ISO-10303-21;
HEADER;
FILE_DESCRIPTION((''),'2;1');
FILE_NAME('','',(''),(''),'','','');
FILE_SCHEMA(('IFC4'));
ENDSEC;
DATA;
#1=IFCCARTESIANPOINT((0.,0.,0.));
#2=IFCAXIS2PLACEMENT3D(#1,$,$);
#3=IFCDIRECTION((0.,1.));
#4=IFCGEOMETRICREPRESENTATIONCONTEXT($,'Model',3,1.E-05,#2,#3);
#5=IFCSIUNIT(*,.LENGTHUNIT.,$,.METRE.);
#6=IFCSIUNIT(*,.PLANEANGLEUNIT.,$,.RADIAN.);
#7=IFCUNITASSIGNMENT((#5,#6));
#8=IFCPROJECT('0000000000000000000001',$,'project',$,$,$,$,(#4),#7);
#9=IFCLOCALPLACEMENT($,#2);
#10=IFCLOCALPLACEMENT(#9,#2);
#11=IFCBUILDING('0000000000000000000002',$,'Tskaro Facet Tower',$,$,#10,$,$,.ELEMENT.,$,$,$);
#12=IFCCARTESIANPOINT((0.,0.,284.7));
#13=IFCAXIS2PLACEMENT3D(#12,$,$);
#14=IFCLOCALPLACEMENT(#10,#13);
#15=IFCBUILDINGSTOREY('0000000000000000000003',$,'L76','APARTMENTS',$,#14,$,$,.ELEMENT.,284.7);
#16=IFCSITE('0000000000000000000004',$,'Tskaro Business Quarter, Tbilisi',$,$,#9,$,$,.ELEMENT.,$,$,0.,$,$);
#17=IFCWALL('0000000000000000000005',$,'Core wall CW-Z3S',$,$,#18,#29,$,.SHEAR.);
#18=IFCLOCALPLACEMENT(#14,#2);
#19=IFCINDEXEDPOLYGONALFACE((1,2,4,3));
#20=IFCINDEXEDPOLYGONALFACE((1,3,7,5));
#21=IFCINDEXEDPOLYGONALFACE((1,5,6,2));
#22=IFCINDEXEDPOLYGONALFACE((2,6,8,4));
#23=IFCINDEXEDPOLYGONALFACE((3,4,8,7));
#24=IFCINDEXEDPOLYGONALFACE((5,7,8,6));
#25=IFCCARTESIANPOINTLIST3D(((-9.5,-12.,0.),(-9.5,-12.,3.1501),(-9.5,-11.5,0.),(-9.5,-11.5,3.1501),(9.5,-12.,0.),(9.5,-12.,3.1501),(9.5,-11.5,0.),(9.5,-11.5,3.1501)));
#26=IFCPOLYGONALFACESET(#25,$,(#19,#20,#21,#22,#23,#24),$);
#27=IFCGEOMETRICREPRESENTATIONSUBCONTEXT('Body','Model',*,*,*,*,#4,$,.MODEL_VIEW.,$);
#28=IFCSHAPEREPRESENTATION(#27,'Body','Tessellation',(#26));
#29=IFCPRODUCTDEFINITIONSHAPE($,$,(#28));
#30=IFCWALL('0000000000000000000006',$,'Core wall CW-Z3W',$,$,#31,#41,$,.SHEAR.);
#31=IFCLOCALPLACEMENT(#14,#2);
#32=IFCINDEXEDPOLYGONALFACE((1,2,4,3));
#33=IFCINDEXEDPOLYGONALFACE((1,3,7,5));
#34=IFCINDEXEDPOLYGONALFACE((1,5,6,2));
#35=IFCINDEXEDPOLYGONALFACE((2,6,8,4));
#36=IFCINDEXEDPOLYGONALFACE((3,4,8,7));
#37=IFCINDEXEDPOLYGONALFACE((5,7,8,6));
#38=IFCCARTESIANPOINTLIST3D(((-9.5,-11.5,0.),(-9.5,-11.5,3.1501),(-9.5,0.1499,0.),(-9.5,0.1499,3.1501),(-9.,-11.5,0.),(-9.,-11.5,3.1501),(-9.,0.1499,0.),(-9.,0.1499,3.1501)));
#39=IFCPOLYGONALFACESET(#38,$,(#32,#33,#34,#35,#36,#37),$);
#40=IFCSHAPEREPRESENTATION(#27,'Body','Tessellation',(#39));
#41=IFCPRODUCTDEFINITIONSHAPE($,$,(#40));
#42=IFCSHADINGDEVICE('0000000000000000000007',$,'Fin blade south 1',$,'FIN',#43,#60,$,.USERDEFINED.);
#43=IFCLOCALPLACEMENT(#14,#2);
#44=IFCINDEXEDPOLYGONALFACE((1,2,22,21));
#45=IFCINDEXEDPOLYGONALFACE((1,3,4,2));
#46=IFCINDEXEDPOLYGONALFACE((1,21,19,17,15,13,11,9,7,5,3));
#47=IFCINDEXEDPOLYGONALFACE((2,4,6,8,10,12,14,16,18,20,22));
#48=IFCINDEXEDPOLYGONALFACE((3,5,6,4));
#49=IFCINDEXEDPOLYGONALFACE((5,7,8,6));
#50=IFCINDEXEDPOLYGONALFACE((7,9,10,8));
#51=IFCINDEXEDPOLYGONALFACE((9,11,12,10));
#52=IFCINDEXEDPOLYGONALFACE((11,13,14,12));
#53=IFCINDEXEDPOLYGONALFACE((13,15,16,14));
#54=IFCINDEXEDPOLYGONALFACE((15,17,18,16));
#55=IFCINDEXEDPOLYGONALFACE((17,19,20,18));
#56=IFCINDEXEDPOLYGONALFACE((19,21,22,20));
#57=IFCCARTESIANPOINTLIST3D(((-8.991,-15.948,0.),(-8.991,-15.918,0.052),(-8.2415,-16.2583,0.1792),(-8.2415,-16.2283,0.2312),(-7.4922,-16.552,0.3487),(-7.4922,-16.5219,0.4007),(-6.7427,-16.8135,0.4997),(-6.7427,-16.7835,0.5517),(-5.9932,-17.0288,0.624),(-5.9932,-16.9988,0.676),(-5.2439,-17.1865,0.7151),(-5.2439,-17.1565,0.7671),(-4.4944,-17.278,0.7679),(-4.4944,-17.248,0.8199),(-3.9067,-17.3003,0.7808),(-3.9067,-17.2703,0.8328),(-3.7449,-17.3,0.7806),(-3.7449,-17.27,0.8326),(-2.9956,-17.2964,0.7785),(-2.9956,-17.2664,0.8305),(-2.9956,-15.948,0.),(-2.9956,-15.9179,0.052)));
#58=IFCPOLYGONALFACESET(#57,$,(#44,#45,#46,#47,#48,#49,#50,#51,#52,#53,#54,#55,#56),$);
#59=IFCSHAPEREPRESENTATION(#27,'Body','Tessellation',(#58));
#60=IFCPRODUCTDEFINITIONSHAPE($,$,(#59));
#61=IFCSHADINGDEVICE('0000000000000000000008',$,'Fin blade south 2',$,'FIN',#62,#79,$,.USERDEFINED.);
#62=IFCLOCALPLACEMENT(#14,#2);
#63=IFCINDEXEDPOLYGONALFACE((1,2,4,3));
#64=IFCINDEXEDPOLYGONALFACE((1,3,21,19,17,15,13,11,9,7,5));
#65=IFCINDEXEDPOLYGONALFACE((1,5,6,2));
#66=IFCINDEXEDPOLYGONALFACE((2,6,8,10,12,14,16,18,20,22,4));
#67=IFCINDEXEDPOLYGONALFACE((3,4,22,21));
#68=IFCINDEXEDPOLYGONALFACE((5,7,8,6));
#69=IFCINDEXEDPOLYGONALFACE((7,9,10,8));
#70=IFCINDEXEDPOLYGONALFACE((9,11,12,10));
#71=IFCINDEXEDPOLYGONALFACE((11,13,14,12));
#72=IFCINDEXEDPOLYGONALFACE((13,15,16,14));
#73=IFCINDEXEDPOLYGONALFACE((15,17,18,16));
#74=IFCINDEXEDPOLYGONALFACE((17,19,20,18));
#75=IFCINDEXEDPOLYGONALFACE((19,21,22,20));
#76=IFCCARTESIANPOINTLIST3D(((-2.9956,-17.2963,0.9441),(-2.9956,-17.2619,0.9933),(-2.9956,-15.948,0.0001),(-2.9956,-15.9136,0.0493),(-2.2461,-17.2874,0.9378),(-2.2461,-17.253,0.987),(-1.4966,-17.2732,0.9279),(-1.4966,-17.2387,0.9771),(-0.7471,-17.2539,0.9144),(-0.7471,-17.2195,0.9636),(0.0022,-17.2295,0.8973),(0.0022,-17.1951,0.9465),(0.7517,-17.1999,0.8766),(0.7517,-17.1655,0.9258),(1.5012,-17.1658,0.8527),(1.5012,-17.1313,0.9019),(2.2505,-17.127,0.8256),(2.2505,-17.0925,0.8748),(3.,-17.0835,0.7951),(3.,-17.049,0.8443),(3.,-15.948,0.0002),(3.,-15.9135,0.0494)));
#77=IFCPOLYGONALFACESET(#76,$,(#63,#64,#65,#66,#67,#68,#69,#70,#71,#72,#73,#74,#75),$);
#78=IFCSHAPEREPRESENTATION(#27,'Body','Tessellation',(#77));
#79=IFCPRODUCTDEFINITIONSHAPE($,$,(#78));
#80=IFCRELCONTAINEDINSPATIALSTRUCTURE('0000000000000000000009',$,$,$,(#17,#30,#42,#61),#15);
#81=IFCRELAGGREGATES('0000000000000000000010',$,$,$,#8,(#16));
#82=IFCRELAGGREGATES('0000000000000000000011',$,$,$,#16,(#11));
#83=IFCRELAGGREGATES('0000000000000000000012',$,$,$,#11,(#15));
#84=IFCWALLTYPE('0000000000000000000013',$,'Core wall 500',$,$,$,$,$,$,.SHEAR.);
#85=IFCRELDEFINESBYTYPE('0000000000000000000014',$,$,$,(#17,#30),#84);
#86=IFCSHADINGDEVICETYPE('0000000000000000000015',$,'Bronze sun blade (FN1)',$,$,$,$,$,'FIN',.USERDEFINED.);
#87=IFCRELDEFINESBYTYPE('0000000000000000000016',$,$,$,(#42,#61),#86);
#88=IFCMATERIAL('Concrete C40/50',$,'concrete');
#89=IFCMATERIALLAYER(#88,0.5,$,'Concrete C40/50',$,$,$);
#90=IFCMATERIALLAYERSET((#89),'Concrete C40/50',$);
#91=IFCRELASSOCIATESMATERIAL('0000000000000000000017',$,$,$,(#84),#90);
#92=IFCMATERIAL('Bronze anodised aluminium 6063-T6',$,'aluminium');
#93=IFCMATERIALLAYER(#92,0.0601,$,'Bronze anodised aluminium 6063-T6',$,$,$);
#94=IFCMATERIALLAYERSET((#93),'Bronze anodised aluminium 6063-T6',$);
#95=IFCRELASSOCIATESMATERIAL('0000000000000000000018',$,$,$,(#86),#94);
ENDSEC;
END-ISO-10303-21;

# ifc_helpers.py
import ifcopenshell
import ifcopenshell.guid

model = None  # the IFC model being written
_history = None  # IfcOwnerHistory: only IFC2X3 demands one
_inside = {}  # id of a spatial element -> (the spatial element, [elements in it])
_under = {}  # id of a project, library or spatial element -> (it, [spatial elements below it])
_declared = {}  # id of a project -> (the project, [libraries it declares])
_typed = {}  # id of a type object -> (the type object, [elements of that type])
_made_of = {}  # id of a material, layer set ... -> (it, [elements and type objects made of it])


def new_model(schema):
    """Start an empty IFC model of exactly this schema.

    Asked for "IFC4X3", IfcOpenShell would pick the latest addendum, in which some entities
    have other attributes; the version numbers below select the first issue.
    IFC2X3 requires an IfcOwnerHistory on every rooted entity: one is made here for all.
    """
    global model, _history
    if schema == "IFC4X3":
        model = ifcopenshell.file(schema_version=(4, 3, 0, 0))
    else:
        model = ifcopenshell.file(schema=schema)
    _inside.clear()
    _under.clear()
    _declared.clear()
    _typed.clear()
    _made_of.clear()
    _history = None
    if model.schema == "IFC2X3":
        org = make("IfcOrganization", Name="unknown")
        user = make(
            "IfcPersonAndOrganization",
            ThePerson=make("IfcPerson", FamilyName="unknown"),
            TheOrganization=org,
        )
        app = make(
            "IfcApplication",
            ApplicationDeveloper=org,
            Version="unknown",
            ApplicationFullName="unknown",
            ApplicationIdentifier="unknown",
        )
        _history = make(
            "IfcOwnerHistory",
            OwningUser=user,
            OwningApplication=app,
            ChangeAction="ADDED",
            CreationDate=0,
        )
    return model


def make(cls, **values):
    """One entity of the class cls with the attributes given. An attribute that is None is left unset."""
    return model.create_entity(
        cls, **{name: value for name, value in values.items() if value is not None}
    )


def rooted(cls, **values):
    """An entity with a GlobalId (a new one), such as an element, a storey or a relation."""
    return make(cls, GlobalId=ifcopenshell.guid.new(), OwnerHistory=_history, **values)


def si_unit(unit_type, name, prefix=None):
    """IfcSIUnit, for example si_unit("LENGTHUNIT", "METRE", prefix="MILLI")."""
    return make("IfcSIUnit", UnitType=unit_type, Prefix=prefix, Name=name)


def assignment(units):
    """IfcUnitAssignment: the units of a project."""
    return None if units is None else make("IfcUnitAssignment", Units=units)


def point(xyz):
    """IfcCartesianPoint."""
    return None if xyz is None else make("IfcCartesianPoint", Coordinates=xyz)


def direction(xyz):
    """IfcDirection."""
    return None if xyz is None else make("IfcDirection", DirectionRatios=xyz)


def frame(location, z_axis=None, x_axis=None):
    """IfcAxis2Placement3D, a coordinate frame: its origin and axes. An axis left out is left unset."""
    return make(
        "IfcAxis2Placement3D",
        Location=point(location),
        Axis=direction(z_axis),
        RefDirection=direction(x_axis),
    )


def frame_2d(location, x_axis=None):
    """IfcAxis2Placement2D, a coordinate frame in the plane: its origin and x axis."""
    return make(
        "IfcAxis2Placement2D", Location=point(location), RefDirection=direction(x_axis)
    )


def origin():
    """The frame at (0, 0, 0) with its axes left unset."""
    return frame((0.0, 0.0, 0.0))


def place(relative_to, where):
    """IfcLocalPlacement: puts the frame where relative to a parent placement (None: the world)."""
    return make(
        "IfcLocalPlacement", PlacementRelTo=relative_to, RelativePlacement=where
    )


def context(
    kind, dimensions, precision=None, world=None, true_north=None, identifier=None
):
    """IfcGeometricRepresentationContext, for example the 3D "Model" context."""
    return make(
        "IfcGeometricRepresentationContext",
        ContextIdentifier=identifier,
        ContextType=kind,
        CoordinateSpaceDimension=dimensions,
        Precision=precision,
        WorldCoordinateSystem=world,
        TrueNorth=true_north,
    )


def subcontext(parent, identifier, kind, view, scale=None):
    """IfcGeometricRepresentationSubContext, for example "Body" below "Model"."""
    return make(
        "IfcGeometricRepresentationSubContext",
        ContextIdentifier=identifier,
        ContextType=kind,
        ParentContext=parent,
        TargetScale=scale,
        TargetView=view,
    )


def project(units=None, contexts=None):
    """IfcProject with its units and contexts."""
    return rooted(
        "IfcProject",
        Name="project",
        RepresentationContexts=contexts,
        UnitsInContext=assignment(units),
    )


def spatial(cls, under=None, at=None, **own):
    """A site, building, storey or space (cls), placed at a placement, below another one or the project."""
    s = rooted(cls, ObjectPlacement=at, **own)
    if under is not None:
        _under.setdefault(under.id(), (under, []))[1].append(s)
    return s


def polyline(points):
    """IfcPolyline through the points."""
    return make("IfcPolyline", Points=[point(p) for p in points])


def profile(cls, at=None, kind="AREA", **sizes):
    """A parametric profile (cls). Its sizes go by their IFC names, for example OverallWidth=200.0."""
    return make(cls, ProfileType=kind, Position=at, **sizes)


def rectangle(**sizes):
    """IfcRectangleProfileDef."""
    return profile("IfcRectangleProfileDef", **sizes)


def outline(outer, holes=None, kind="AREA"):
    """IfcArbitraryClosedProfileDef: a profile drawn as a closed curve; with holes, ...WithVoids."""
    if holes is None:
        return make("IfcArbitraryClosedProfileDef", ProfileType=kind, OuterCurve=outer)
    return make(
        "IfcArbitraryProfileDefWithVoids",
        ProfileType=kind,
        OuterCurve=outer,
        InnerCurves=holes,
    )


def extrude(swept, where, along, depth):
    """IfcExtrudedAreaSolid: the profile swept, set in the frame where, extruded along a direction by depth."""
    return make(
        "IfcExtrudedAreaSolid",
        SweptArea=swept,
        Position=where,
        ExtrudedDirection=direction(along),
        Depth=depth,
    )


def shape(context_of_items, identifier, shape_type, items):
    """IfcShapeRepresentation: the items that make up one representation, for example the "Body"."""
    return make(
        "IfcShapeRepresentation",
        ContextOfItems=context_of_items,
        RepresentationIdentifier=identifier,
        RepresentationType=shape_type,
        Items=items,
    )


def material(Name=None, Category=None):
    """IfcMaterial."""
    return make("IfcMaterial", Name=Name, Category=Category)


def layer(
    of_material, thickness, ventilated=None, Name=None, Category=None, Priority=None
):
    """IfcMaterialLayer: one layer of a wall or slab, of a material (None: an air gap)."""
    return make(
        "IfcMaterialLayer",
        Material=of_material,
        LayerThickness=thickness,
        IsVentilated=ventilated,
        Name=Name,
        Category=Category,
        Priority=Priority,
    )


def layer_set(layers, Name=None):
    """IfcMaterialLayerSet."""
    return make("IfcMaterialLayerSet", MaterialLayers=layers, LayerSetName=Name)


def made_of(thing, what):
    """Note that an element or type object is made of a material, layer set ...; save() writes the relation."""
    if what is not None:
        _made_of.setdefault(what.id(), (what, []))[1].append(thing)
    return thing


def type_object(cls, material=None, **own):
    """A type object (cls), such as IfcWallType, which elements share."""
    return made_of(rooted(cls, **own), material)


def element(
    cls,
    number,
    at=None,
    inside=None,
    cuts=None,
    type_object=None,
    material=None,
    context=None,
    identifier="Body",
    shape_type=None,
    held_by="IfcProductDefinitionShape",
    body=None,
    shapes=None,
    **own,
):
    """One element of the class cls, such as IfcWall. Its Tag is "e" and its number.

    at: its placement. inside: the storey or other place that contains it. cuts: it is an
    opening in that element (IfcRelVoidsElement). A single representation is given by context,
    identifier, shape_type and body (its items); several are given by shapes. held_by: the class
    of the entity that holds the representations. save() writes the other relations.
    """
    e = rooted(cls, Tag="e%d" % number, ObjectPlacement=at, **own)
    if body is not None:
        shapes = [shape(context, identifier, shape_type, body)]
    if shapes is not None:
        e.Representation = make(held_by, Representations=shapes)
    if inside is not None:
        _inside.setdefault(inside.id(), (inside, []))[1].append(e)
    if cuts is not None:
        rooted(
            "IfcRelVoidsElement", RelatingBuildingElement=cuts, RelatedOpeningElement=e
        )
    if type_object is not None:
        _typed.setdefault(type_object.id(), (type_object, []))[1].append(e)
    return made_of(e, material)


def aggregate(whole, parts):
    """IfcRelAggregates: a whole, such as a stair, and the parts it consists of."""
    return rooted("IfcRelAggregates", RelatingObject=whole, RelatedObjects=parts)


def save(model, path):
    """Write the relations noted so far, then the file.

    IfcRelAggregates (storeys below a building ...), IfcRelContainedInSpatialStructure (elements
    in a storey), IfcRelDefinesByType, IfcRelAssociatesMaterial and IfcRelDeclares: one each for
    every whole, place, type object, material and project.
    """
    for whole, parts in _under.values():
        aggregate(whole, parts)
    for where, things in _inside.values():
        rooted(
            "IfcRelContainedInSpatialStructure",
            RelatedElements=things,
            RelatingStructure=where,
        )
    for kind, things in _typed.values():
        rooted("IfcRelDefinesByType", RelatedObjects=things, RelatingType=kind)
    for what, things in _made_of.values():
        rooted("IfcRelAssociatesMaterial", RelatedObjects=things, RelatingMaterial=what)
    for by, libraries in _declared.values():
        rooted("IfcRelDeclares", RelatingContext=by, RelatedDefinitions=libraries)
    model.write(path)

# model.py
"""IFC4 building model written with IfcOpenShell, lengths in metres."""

from ifc_helpers import new_model, si_unit, direction, frame, frame_2d, origin, place, context, subcontext, project, spatial, polyline, rectangle, outline, extrude, material, layer, layer_set, type_object, element, save


model = new_model("IFC4")

# Units and contexts
model_context = context("Model", 3, precision=1e-05, world=origin(), true_north=direction((0.0, 1.0)))
body_context = subcontext(model_context, "Body", "Model", "MODEL_VIEW")
ifc_project = project(units=[si_unit("LENGTHUNIT", "METRE"), si_unit("PLANEANGLEUNIT", "RADIAN")], contexts=[model_context])

# Site, building, storey
site_placement = place(None, origin())
site = spatial("IfcSite", under=ifc_project, at=site_placement, Name="Tskaro Business Quarter, Tbilisi", CompositionType="ELEMENT", RefElevation=0.0)
building_placement = place(site_placement, origin())
building = spatial("IfcBuilding", under=site, at=building_placement, Name="Tskaro Facet Tower", CompositionType="ELEMENT")
storey_placement = place(building_placement, frame((0.0, 0.0, 284.7)))
storey = spatial("IfcBuildingStorey", under=building, at=storey_placement, Name="L76", Description="APARTMENTS", CompositionType="ELEMENT", Elevation=284.7)

# Shared definitions
ifc_material_1 = material(Name="Bronze anodised aluminium 6063-T6", Category="aluminium")

# Walls
ifc_material_2 = material(Name="Concrete C40/50", Category="concrete")
ifc_layer_1 = layer(ifc_material_2, 0.5, Name="Concrete C40/50")
ifc_layer_set_1 = layer_set([ifc_layer_1], Name="Concrete C40/50")
wall_type_1 = type_object("IfcWallType", Name="Core wall 500", PredefinedType="SHEAR", material=ifc_layer_set_1)
wall_1_placement = place(storey_placement, frame((-9.5, -11.75, 0.0), z_axis=(0.0, 0.0, 1.0), x_axis=(1.0, 0.0, 0.0)))
element("IfcWall", 1, at=wall_1_placement, inside=storey, type_object=wall_type_1, Name="Core wall CW-Z3S", PredefinedType="SHEAR", context=body_context, shape_type="SweptSolid", body=[
    extrude(rectangle(XDim=19.0, YDim=0.5, at=frame_2d((9.5, 0.0))), origin(), (0.0, 0.0, 1.0), 3.1501),
])
wall_2_placement = place(storey_placement, frame((-9.25, -11.5, 0.0), z_axis=(0.0, 0.0, 1.0), x_axis=(0.0, 1.0, 0.0)))
element("IfcWall", 2, at=wall_2_placement, inside=storey, type_object=wall_type_1, Name="Core wall CW-Z3W", PredefinedType="SHEAR", context=body_context, shape_type="SweptSolid", body=[
    extrude(rectangle(XDim=11.6499, YDim=0.5, at=frame_2d((5.825, 0.0))), origin(), (0.0, 0.0, 1.0), 3.1501),
])

# Shading devices
ifc_layer_2 = layer(ifc_material_1, 0.0601, Name="Bronze anodised aluminium 6063-T6")
ifc_layer_set_2 = layer_set([ifc_layer_2], Name="Bronze anodised aluminium 6063-T6")
shading_device_type = type_object("IfcShadingDeviceType", Name="Bronze sun blade (FN1)", ElementType="FIN", PredefinedType="USERDEFINED", material=ifc_layer_set_2)
shading_device_1_placement = place(storey_placement, frame((-8.991, -15.918, 0.052), z_axis=(-0.000006, 0.499997, 0.866027), x_axis=(1.0, 0.000003, 0.000006)))
element("IfcShadingDevice", 3, at=shading_device_1_placement, inside=storey, type_object=shading_device_type, Name="Fin blade south 1", ObjectType="FIN", PredefinedType="USERDEFINED", context=body_context, shape_type="SweptSolid", body=[
    extrude(outline(polyline([(0.0, 0.0), (5.9954, 0.0), (5.9954, -1.557), (5.2461, -1.5612), (5.0842, -1.5615), (4.4966, -1.5358), (3.7471, -1.4301), (2.9978, -1.248), (2.2483, -0.9994), (1.4988, -0.6974), (0.7495, -0.3583), (0.0, 0.0)])), origin(), (0.0, 0.0, -1.0), 0.0601),
])
shading_device_2_placement = place(storey_placement, frame((-2.9956, -15.9136, 0.0493), z_axis=(-0.000009, 0.573518, 0.819193), x_axis=(1.0, 0.000005, 0.000008)))
element("IfcShadingDevice", 4, at=shading_device_2_placement, inside=storey, type_object=shading_device_type, Name="Fin blade south 2", ObjectType="FIN", PredefinedType="USERDEFINED", context=body_context, shape_type="SweptSolid", body=[
    extrude(outline(polyline([(0.0, 0.0), (5.9956, 0.0), (5.9956, -1.3861), (5.2461, -1.4392), (4.4968, -1.4865), (3.7473, -1.5283), (2.9978, -1.5644), (2.2485, -1.5942), (1.499, -1.6177), (0.7495, -1.635), (0.0, -1.6459), (0.0, 0.0)])), origin(), (0.0, 0.0, -1.0), 0.0601),
])

save(model, "model.ifc")
